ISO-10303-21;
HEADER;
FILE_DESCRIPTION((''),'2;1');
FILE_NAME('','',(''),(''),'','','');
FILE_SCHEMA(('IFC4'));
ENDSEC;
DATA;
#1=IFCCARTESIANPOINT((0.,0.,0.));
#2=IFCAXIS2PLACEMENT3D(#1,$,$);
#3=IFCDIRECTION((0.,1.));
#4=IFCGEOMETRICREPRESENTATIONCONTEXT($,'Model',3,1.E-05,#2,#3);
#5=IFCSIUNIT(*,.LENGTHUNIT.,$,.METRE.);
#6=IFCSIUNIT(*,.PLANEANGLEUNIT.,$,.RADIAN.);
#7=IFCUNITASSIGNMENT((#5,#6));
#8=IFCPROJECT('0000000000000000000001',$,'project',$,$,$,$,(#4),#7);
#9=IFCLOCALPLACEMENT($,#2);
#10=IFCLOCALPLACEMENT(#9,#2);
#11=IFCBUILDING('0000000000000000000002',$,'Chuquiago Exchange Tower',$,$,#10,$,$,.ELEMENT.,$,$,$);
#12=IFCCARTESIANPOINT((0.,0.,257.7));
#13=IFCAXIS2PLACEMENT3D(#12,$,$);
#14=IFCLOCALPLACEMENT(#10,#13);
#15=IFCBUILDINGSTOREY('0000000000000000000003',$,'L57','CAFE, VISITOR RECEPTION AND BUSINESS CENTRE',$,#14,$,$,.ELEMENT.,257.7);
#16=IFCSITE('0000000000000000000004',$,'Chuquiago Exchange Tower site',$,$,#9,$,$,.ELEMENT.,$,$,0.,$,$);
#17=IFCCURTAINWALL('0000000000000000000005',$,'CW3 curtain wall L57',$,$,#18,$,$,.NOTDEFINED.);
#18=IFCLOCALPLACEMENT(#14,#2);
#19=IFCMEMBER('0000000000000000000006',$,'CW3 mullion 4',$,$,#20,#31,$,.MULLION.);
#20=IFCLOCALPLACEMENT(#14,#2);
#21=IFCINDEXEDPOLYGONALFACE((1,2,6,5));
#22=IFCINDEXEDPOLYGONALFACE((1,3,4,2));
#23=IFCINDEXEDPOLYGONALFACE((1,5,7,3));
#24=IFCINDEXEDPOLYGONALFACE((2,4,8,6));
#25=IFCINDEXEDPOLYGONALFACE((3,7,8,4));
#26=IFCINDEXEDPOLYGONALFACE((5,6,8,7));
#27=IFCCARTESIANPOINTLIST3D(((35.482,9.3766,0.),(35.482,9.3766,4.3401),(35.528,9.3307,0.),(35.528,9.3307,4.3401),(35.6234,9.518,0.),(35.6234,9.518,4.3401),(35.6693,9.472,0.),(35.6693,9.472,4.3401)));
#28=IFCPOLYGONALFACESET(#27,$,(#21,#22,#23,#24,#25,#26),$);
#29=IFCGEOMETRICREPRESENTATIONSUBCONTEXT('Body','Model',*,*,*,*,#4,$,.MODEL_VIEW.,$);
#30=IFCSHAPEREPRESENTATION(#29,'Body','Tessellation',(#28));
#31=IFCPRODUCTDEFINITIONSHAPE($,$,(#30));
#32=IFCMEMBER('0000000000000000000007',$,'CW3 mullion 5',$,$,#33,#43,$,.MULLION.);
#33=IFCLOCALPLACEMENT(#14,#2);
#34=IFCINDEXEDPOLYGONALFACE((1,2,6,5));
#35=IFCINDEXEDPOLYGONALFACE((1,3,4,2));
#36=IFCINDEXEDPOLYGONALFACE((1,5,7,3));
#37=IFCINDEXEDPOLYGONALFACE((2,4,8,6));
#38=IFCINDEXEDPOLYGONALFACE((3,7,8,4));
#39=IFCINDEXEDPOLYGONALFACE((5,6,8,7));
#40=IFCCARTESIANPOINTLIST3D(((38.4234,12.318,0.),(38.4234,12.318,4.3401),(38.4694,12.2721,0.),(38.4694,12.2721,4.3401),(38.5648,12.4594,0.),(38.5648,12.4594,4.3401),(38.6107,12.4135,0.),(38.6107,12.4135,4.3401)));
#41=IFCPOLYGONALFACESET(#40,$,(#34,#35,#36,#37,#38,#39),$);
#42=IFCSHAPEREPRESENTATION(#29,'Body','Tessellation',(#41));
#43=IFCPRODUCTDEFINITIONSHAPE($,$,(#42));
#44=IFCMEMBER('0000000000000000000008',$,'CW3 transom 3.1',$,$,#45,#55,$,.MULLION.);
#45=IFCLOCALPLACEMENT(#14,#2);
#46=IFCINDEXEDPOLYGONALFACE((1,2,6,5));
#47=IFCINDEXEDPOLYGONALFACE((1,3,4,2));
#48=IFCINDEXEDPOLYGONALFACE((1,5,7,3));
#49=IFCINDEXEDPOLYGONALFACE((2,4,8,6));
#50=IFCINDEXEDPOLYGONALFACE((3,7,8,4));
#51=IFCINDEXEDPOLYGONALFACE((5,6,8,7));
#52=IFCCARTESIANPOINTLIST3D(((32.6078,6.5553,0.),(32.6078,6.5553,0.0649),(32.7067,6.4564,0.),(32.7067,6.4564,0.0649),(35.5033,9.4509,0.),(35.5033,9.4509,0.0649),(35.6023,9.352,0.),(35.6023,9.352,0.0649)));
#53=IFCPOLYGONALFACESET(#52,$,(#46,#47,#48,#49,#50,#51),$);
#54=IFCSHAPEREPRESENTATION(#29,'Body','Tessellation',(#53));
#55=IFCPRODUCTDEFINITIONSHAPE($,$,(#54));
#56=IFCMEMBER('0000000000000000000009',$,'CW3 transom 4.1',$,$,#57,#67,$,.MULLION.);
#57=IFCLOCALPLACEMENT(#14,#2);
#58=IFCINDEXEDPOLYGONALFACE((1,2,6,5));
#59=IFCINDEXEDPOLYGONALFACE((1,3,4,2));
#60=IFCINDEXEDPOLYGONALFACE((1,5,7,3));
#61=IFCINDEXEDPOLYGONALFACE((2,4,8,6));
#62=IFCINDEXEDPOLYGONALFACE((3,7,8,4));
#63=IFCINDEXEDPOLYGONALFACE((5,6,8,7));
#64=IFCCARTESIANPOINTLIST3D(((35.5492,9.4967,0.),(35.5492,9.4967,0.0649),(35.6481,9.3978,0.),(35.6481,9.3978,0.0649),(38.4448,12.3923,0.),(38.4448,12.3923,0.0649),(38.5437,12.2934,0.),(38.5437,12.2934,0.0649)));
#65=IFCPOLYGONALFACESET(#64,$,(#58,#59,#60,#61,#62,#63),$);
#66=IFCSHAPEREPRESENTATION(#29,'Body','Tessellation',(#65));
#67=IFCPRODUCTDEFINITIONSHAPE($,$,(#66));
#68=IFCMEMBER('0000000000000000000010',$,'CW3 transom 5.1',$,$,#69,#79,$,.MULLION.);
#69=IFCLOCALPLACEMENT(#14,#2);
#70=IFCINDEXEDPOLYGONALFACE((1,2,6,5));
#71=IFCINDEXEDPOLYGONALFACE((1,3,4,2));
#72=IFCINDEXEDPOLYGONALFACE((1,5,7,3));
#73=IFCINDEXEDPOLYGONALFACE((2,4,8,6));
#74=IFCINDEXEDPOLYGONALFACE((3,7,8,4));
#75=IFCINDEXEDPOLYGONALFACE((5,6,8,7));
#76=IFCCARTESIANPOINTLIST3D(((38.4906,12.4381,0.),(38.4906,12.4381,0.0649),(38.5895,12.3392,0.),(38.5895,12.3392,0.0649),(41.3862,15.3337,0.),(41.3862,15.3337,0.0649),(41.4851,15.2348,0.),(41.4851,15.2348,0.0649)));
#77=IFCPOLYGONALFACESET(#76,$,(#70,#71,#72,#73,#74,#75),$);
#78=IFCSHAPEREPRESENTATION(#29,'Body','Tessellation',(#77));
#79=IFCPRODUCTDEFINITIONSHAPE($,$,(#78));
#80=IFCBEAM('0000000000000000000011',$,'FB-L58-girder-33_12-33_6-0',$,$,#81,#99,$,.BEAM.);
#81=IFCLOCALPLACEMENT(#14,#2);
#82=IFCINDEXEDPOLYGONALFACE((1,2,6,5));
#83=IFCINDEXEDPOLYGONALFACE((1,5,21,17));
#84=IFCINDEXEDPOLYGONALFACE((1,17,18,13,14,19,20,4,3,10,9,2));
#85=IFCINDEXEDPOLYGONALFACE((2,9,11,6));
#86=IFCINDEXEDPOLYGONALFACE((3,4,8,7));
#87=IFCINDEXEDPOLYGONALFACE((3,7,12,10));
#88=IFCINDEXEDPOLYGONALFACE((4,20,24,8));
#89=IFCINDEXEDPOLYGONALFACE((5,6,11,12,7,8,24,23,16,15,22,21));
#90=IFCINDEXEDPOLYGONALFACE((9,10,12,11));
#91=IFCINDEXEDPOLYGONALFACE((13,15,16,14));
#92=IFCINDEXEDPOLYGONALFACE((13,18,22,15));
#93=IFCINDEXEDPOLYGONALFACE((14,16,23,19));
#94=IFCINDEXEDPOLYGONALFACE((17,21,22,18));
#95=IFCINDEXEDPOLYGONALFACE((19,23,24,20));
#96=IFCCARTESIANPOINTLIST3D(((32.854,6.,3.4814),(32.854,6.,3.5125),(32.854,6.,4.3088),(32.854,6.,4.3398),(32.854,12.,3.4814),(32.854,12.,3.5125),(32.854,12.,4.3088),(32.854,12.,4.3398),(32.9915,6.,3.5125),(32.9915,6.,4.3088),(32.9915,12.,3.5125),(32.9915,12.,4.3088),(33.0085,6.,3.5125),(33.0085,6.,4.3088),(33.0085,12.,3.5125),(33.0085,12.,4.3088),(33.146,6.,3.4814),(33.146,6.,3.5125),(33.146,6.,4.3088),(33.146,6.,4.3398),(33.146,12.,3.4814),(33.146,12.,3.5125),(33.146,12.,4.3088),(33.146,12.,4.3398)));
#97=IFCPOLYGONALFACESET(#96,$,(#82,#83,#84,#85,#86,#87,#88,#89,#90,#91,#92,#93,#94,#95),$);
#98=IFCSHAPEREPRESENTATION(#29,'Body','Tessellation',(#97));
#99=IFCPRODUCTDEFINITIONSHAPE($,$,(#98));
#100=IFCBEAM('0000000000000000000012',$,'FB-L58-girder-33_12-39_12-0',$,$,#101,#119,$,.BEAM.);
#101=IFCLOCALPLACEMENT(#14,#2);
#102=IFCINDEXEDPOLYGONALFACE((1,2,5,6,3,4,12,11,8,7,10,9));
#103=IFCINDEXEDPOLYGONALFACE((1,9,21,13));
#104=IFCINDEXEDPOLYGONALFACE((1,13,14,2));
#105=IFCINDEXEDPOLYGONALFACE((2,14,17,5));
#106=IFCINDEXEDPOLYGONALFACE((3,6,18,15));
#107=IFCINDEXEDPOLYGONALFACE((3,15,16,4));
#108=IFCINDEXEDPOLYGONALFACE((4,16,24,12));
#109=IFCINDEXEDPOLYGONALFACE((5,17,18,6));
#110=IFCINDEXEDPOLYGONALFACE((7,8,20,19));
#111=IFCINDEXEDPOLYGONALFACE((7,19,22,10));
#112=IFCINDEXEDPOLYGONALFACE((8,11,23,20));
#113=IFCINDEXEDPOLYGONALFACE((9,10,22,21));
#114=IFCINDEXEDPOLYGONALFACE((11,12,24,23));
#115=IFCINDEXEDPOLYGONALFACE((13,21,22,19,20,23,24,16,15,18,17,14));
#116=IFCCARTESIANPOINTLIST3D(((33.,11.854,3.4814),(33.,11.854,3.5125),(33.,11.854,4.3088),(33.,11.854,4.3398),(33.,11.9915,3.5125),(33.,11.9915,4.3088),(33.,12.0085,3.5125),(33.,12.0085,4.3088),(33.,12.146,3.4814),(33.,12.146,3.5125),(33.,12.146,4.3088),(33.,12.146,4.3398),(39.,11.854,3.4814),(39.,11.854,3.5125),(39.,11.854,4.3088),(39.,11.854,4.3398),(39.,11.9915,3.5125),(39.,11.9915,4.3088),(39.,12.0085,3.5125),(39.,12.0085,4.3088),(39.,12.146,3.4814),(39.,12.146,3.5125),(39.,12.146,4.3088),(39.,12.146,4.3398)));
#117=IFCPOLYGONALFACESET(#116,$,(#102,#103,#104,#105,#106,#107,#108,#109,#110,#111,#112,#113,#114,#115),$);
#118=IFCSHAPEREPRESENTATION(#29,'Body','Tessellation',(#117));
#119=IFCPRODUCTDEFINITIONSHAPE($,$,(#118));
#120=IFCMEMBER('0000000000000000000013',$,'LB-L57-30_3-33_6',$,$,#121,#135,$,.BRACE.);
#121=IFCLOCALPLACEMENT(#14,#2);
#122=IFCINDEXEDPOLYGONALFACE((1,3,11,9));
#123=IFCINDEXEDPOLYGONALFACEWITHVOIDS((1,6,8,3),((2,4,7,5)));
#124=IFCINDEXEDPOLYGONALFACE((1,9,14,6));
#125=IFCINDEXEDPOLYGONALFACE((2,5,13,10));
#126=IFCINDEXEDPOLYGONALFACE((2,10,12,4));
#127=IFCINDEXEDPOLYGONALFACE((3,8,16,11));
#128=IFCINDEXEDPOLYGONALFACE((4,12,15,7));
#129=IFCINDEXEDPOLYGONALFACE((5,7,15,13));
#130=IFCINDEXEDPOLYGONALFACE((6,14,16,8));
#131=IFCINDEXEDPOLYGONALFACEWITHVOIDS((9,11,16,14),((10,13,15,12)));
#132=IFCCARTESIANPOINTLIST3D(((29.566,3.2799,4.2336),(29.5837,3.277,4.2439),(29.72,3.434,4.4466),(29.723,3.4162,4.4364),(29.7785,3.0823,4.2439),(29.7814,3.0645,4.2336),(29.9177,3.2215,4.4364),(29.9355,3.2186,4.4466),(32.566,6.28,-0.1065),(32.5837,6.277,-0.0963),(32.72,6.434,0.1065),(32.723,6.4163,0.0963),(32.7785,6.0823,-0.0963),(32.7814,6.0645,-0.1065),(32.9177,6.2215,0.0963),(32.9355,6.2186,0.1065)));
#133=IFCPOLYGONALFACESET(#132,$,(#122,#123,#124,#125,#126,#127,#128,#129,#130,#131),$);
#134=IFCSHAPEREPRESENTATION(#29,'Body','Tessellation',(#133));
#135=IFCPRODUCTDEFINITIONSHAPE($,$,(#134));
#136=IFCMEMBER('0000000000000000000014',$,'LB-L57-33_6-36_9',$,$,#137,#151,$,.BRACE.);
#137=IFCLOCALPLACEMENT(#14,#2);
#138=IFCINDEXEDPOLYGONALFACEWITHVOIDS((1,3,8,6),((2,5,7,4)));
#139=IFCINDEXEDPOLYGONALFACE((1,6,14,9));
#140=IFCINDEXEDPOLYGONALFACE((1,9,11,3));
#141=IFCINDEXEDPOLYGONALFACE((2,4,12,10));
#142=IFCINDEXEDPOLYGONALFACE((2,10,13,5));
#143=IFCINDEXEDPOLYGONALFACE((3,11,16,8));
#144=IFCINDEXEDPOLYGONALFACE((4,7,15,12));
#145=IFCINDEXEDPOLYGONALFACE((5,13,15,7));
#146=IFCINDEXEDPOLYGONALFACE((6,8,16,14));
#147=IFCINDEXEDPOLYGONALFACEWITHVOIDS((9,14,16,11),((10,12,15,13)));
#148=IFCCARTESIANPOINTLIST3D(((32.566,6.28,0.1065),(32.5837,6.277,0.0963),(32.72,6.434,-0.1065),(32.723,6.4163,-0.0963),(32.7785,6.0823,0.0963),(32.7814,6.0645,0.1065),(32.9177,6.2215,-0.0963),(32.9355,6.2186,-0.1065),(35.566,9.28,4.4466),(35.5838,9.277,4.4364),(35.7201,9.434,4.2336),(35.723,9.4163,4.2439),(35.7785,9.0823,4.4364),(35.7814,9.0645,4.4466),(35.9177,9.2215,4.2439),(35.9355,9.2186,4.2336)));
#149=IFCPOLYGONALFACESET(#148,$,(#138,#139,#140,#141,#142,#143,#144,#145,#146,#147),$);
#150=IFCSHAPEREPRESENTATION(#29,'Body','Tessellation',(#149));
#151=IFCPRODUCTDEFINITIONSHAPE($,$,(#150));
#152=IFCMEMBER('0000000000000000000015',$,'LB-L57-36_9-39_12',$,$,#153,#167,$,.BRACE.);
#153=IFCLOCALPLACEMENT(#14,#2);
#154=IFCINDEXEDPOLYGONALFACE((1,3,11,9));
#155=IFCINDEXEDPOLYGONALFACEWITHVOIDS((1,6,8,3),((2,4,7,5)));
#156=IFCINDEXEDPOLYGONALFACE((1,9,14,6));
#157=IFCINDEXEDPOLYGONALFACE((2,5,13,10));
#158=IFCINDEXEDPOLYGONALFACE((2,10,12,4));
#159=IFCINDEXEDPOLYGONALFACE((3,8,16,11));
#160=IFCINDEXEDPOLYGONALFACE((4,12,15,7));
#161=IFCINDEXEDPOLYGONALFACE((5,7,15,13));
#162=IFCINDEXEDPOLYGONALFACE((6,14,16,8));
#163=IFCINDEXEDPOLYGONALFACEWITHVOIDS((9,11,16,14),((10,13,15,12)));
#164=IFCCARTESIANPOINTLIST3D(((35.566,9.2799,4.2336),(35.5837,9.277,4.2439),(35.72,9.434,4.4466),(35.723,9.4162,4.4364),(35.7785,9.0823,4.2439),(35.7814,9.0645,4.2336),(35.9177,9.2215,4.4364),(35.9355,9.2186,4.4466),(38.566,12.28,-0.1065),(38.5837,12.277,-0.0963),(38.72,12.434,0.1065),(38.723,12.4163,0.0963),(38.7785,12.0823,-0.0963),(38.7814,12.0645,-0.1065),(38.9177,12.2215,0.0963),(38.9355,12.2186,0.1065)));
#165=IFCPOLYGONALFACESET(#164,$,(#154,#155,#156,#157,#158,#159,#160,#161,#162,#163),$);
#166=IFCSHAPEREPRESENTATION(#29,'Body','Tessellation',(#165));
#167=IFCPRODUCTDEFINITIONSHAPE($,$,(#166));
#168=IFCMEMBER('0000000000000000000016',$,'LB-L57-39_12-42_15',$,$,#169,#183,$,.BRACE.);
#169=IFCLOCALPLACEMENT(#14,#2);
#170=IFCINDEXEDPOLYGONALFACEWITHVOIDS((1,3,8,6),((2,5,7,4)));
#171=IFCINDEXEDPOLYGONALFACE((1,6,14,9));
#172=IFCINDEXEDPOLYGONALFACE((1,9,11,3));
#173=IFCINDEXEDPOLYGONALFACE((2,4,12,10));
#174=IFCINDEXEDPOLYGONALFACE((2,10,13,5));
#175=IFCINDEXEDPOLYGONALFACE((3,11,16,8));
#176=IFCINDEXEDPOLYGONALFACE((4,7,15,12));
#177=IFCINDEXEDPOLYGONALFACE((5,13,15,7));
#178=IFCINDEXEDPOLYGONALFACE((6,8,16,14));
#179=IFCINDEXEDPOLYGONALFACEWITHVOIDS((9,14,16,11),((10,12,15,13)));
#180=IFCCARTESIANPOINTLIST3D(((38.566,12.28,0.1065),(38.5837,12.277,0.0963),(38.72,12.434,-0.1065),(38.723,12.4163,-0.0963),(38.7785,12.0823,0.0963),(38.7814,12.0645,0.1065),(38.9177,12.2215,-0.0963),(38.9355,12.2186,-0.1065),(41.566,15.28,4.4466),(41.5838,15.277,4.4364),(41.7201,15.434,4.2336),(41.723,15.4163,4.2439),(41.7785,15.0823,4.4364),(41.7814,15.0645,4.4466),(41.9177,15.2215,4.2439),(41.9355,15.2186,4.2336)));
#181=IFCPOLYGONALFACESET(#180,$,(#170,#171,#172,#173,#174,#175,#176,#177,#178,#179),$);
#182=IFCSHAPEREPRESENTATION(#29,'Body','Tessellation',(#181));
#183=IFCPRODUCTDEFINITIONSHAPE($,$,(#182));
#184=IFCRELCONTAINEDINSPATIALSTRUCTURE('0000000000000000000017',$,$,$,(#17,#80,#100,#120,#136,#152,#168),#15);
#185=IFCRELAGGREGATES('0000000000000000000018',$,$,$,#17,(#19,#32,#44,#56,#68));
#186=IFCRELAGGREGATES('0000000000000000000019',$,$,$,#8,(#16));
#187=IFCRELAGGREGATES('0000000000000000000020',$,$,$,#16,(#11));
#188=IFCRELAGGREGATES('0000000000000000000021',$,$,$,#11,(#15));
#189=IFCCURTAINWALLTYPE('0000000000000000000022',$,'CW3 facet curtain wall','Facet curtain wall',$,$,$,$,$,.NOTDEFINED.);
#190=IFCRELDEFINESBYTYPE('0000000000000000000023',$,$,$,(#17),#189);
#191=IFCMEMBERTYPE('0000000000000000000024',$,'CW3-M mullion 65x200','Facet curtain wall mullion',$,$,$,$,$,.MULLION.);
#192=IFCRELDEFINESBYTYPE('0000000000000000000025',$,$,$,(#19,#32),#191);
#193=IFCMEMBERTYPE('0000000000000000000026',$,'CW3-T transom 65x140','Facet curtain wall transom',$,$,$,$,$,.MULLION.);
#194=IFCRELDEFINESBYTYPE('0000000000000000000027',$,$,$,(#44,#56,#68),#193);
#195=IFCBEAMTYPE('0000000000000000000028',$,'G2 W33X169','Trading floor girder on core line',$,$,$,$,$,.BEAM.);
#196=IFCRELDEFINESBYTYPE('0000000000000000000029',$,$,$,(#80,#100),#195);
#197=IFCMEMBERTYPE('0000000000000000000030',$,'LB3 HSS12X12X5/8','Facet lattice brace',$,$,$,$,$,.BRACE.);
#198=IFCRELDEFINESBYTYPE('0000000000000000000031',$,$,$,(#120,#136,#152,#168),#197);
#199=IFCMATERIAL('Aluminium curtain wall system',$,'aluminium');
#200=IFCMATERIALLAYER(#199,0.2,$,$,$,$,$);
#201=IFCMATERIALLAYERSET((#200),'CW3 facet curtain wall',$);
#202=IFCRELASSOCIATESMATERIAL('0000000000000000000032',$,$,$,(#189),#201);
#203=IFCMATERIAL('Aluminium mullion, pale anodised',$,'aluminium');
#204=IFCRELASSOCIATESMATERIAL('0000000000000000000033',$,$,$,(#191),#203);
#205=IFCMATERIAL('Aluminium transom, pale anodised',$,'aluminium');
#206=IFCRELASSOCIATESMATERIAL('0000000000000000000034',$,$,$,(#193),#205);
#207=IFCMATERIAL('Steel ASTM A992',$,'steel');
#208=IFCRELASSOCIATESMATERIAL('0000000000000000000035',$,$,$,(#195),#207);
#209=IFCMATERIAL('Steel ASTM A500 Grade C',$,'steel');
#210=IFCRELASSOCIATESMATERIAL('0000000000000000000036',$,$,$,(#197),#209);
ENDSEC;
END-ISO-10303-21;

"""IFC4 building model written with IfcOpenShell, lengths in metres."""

from ifc_helpers import new_model, si_unit, direction, frame, origin, origin_2d, place, context, subcontext, project, spatial, rectangle, hollow_rectangle, i_section, extrude, material, layer, layer_set, material_profile, profile_set, type_object, element, aggregate, save


model = new_model("IFC4")

# Units and contexts
model_context = context("Model", 3, precision=1e-05, world=origin(), true_north=direction((0.0, 1.0)))
body_context = subcontext(model_context, "Body", "Model", "MODEL_VIEW")
ifc_project = project(units=[si_unit("LENGTHUNIT", "METRE"), si_unit("PLANEANGLEUNIT", "RADIAN")], contexts=[model_context])

# Site, building, storey
site_placement = place(None, origin())
site = spatial("IfcSite", under=ifc_project, at=site_placement, Name="Chuquiago Exchange Tower site", CompositionType="ELEMENT", RefElevation=0.0)
building_placement = place(site_placement, origin())
building = spatial("IfcBuilding", under=site, at=building_placement, Name="Chuquiago Exchange Tower", CompositionType="ELEMENT")
storey_placement = place(building_placement, frame((0.0, 0.0, 257.7)))
storey = spatial("IfcBuildingStorey", under=building, at=storey_placement, Name="L57", Description="CAFE, VISITOR RECEPTION AND BUSINESS CENTRE", CompositionType="ELEMENT", Elevation=257.7)

# Curtain wall, members
ifc_material_1 = material(Name="Aluminium curtain wall system", Category="aluminium")
ifc_layer_1 = layer(ifc_material_1, 0.2)
ifc_layer_set_1 = layer_set([ifc_layer_1], Name="CW3 facet curtain wall")
curtain_wall_type = type_object("IfcCurtainWallType", Name="CW3 facet curtain wall", Description="Facet curtain wall", PredefinedType="NOTDEFINED", material=ifc_layer_set_1)
curtain_wall_placement = place(storey_placement, origin())
curtain_wall = element("IfcCurtainWall", 1, at=curtain_wall_placement, inside=storey, type_object=curtain_wall_type, Name="CW3 curtain wall L57", PredefinedType="NOTDEFINED")
ifc_material_2 = material(Name="Aluminium mullion, pale anodised", Category="aluminium")
ifc_material_profile_1 = material_profile(ifc_material_2, rectangle(XDim=0.0649, YDim=0.2, at=origin_2d()), Name="AL 65x200")
ifc_profile_set_1 = profile_set([ifc_material_profile_1], Name="Aluminium mullion, pale anodised")
member_type_1 = type_object("IfcMemberType", Name="CW3-M mullion 65x200", Description="Facet curtain wall mullion", PredefinedType="MULLION", material=ifc_profile_set_1)
member_1_placement = place(storey_placement, frame((35.5757, 9.4243, 0.0), z_axis=(0.0, 0.0, 1.0), x_axis=(-0.707107, 0.707107, 0.0)))
member_1 = element("IfcMember", 2, at=member_1_placement, type_object=member_type_1, Name="CW3 mullion 4", PredefinedType="MULLION", context=body_context, shape_type="SweptSolid", body=[
    extrude(rectangle(XDim=0.0649, YDim=0.2, at=origin_2d()), origin(), (0.0, 0.0, 1.0), 4.3401),
])
member_2_placement = place(storey_placement, frame((38.5171, 12.3657, 0.0), z_axis=(0.0, 0.0, 1.0), x_axis=(-0.707107, 0.707107, 0.0)))
member_2 = element("IfcMember", 3, at=member_2_placement, type_object=member_type_1, Name="CW3 mullion 5", PredefinedType="MULLION", context=body_context, shape_type="SweptSolid", body=[
    extrude(rectangle(XDim=0.0649, YDim=0.2, at=origin_2d()), origin(), (0.0, 0.0, 1.0), 4.3401),
])
ifc_material_3 = material(Name="Aluminium transom, pale anodised", Category="aluminium")
ifc_material_profile_2 = material_profile(ifc_material_3, rectangle(XDim=0.1399, YDim=0.0649, at=origin_2d()), Name="AL 140x65")
ifc_profile_set_2 = profile_set([ifc_material_profile_2], Name="Aluminium transom, pale anodised")
member_type_2 = type_object("IfcMemberType", Name="CW3-T transom 65x140", Description="Facet curtain wall transom", PredefinedType="MULLION", material=ifc_profile_set_2)
member_3_placement = place(storey_placement, frame((32.6572, 6.5059, 0.0325), z_axis=(0.707107, 0.707107, 0.0), x_axis=(-0.707107, 0.707107, 0.0)))
member_3 = element("IfcMember", 4, at=member_3_placement, type_object=member_type_2, Name="CW3 transom 3.1", PredefinedType="MULLION", context=body_context, shape_type="SweptSolid", body=[
    extrude(rectangle(XDim=0.1399, YDim=0.0649, at=origin_2d()), origin(), (0.0, 0.0, 1.0), 4.095),
])
member_4_placement = place(storey_placement, frame((35.5986, 9.4473, 0.0325), z_axis=(0.707107, 0.707107, 0.0), x_axis=(-0.707107, 0.707107, 0.0)))
member_4 = element("IfcMember", 5, at=member_4_placement, type_object=member_type_2, Name="CW3 transom 4.1", PredefinedType="MULLION", context=body_context, shape_type="SweptSolid", body=[
    extrude(rectangle(XDim=0.1399, YDim=0.0649, at=origin_2d()), origin(), (0.0, 0.0, 1.0), 4.095),
])
member_5_placement = place(storey_placement, frame((38.54, 12.3887, 0.0325), z_axis=(0.707107, 0.707107, 0.0), x_axis=(-0.707107, 0.707107, 0.0)))
member_5 = element("IfcMember", 6, at=member_5_placement, type_object=member_type_2, Name="CW3 transom 5.1", PredefinedType="MULLION", context=body_context, shape_type="SweptSolid", body=[
    extrude(rectangle(XDim=0.1399, YDim=0.0649, at=origin_2d()), origin(), (0.0, 0.0, 1.0), 4.095),
])

# Beams
ifc_material_4 = material(Name="Steel ASTM A992", Category="steel")
ifc_material_profile_3 = material_profile(ifc_material_4, i_section(OverallWidth=0.292, OverallDepth=0.8584, WebThickness=0.0171, FlangeThickness=0.031, at=origin_2d()), Name="W33X169")
ifc_profile_set_3 = profile_set([ifc_material_profile_3], Name="Steel ASTM A992")
beam_type_1 = type_object("IfcBeamType", Name="G2 W33X169", Description="Trading floor girder on core line", PredefinedType="BEAM", material=ifc_profile_set_3)
for number, where, z_axis, x_axis, name in (
    (7, (33.0, 12.0, 3.9106), (0.0, -1.0, 0.0), (1.0, 0.0, 0.0), "FB-L58-girder-33_12-33_6-0"),
    (8, (33.0, 12.0, 3.9106), (1.0, 0.0, 0.0), (0.0, 1.0, 0.0), "FB-L58-girder-33_12-39_12-0"),
):
    element("IfcBeam", number, at=place(storey_placement, frame(where, z_axis=z_axis, x_axis=x_axis)), inside=storey, type_object=beam_type_1, Name=name, PredefinedType="BEAM", context=body_context, shape_type="SweptSolid", body=[
        extrude(i_section(OverallWidth=0.292, OverallDepth=0.8584, WebThickness=0.0171, FlangeThickness=0.031, at=origin_2d()), origin(), (0.0, 0.0, 1.0), 6.0),
    ])

# Members
ifc_material_5 = material(Name="Steel ASTM A500 Grade C", Category="steel")
ifc_material_profile_4 = material_profile(ifc_material_5, hollow_rectangle(XDim=0.3047, YDim=0.3047, WallThickness=0.0146, at=origin_2d()), Name="HSS12X12X5/8")
ifc_profile_set_4 = profile_set([ifc_material_profile_4], Name="Steel ASTM A500 Grade C")
member_type_3 = type_object("IfcMemberType", Name="LB3 HSS12X12X5/8", Description="Facet lattice brace", PredefinedType="BRACE", material=ifc_profile_set_4)
for number, where, z_axis, x_axis, name in (
    (9, (32.7507, 6.2493, 0.0), (-0.494291, -0.494291, 0.715089), (0.707107, -0.707107, 0.0), "LB-L57-30_3-33_6"),
    (10, (32.7507, 6.2493, 0.0), (0.494291, 0.494291, 0.715089), (-0.707107, 0.707107, 0.0), "LB-L57-33_6-36_9"),
    (11, (38.7507, 12.2493, 0.0), (-0.494291, -0.494291, 0.715089), (0.707107, -0.707107, 0.0), "LB-L57-36_9-39_12"),
    (12, (38.7507, 12.2493, 0.0), (0.494291, 0.494291, 0.715089), (-0.707107, 0.707107, 0.0), "LB-L57-39_12-42_15"),
):
    element("IfcMember", number, at=place(storey_placement, frame(where, z_axis=z_axis, x_axis=x_axis)), inside=storey, type_object=member_type_3, Name=name, PredefinedType="BRACE", context=body_context, shape_type="SweptSolid", body=[
        extrude(hollow_rectangle(XDim=0.3047, YDim=0.3047, WallThickness=0.0146, at=origin_2d()), origin(), (0.0, 0.0, 1.0), 6.0693),
    ])

aggregate(curtain_wall, [member_1, member_2, member_3, member_4, member_5])

save(model, "model.ifc")
